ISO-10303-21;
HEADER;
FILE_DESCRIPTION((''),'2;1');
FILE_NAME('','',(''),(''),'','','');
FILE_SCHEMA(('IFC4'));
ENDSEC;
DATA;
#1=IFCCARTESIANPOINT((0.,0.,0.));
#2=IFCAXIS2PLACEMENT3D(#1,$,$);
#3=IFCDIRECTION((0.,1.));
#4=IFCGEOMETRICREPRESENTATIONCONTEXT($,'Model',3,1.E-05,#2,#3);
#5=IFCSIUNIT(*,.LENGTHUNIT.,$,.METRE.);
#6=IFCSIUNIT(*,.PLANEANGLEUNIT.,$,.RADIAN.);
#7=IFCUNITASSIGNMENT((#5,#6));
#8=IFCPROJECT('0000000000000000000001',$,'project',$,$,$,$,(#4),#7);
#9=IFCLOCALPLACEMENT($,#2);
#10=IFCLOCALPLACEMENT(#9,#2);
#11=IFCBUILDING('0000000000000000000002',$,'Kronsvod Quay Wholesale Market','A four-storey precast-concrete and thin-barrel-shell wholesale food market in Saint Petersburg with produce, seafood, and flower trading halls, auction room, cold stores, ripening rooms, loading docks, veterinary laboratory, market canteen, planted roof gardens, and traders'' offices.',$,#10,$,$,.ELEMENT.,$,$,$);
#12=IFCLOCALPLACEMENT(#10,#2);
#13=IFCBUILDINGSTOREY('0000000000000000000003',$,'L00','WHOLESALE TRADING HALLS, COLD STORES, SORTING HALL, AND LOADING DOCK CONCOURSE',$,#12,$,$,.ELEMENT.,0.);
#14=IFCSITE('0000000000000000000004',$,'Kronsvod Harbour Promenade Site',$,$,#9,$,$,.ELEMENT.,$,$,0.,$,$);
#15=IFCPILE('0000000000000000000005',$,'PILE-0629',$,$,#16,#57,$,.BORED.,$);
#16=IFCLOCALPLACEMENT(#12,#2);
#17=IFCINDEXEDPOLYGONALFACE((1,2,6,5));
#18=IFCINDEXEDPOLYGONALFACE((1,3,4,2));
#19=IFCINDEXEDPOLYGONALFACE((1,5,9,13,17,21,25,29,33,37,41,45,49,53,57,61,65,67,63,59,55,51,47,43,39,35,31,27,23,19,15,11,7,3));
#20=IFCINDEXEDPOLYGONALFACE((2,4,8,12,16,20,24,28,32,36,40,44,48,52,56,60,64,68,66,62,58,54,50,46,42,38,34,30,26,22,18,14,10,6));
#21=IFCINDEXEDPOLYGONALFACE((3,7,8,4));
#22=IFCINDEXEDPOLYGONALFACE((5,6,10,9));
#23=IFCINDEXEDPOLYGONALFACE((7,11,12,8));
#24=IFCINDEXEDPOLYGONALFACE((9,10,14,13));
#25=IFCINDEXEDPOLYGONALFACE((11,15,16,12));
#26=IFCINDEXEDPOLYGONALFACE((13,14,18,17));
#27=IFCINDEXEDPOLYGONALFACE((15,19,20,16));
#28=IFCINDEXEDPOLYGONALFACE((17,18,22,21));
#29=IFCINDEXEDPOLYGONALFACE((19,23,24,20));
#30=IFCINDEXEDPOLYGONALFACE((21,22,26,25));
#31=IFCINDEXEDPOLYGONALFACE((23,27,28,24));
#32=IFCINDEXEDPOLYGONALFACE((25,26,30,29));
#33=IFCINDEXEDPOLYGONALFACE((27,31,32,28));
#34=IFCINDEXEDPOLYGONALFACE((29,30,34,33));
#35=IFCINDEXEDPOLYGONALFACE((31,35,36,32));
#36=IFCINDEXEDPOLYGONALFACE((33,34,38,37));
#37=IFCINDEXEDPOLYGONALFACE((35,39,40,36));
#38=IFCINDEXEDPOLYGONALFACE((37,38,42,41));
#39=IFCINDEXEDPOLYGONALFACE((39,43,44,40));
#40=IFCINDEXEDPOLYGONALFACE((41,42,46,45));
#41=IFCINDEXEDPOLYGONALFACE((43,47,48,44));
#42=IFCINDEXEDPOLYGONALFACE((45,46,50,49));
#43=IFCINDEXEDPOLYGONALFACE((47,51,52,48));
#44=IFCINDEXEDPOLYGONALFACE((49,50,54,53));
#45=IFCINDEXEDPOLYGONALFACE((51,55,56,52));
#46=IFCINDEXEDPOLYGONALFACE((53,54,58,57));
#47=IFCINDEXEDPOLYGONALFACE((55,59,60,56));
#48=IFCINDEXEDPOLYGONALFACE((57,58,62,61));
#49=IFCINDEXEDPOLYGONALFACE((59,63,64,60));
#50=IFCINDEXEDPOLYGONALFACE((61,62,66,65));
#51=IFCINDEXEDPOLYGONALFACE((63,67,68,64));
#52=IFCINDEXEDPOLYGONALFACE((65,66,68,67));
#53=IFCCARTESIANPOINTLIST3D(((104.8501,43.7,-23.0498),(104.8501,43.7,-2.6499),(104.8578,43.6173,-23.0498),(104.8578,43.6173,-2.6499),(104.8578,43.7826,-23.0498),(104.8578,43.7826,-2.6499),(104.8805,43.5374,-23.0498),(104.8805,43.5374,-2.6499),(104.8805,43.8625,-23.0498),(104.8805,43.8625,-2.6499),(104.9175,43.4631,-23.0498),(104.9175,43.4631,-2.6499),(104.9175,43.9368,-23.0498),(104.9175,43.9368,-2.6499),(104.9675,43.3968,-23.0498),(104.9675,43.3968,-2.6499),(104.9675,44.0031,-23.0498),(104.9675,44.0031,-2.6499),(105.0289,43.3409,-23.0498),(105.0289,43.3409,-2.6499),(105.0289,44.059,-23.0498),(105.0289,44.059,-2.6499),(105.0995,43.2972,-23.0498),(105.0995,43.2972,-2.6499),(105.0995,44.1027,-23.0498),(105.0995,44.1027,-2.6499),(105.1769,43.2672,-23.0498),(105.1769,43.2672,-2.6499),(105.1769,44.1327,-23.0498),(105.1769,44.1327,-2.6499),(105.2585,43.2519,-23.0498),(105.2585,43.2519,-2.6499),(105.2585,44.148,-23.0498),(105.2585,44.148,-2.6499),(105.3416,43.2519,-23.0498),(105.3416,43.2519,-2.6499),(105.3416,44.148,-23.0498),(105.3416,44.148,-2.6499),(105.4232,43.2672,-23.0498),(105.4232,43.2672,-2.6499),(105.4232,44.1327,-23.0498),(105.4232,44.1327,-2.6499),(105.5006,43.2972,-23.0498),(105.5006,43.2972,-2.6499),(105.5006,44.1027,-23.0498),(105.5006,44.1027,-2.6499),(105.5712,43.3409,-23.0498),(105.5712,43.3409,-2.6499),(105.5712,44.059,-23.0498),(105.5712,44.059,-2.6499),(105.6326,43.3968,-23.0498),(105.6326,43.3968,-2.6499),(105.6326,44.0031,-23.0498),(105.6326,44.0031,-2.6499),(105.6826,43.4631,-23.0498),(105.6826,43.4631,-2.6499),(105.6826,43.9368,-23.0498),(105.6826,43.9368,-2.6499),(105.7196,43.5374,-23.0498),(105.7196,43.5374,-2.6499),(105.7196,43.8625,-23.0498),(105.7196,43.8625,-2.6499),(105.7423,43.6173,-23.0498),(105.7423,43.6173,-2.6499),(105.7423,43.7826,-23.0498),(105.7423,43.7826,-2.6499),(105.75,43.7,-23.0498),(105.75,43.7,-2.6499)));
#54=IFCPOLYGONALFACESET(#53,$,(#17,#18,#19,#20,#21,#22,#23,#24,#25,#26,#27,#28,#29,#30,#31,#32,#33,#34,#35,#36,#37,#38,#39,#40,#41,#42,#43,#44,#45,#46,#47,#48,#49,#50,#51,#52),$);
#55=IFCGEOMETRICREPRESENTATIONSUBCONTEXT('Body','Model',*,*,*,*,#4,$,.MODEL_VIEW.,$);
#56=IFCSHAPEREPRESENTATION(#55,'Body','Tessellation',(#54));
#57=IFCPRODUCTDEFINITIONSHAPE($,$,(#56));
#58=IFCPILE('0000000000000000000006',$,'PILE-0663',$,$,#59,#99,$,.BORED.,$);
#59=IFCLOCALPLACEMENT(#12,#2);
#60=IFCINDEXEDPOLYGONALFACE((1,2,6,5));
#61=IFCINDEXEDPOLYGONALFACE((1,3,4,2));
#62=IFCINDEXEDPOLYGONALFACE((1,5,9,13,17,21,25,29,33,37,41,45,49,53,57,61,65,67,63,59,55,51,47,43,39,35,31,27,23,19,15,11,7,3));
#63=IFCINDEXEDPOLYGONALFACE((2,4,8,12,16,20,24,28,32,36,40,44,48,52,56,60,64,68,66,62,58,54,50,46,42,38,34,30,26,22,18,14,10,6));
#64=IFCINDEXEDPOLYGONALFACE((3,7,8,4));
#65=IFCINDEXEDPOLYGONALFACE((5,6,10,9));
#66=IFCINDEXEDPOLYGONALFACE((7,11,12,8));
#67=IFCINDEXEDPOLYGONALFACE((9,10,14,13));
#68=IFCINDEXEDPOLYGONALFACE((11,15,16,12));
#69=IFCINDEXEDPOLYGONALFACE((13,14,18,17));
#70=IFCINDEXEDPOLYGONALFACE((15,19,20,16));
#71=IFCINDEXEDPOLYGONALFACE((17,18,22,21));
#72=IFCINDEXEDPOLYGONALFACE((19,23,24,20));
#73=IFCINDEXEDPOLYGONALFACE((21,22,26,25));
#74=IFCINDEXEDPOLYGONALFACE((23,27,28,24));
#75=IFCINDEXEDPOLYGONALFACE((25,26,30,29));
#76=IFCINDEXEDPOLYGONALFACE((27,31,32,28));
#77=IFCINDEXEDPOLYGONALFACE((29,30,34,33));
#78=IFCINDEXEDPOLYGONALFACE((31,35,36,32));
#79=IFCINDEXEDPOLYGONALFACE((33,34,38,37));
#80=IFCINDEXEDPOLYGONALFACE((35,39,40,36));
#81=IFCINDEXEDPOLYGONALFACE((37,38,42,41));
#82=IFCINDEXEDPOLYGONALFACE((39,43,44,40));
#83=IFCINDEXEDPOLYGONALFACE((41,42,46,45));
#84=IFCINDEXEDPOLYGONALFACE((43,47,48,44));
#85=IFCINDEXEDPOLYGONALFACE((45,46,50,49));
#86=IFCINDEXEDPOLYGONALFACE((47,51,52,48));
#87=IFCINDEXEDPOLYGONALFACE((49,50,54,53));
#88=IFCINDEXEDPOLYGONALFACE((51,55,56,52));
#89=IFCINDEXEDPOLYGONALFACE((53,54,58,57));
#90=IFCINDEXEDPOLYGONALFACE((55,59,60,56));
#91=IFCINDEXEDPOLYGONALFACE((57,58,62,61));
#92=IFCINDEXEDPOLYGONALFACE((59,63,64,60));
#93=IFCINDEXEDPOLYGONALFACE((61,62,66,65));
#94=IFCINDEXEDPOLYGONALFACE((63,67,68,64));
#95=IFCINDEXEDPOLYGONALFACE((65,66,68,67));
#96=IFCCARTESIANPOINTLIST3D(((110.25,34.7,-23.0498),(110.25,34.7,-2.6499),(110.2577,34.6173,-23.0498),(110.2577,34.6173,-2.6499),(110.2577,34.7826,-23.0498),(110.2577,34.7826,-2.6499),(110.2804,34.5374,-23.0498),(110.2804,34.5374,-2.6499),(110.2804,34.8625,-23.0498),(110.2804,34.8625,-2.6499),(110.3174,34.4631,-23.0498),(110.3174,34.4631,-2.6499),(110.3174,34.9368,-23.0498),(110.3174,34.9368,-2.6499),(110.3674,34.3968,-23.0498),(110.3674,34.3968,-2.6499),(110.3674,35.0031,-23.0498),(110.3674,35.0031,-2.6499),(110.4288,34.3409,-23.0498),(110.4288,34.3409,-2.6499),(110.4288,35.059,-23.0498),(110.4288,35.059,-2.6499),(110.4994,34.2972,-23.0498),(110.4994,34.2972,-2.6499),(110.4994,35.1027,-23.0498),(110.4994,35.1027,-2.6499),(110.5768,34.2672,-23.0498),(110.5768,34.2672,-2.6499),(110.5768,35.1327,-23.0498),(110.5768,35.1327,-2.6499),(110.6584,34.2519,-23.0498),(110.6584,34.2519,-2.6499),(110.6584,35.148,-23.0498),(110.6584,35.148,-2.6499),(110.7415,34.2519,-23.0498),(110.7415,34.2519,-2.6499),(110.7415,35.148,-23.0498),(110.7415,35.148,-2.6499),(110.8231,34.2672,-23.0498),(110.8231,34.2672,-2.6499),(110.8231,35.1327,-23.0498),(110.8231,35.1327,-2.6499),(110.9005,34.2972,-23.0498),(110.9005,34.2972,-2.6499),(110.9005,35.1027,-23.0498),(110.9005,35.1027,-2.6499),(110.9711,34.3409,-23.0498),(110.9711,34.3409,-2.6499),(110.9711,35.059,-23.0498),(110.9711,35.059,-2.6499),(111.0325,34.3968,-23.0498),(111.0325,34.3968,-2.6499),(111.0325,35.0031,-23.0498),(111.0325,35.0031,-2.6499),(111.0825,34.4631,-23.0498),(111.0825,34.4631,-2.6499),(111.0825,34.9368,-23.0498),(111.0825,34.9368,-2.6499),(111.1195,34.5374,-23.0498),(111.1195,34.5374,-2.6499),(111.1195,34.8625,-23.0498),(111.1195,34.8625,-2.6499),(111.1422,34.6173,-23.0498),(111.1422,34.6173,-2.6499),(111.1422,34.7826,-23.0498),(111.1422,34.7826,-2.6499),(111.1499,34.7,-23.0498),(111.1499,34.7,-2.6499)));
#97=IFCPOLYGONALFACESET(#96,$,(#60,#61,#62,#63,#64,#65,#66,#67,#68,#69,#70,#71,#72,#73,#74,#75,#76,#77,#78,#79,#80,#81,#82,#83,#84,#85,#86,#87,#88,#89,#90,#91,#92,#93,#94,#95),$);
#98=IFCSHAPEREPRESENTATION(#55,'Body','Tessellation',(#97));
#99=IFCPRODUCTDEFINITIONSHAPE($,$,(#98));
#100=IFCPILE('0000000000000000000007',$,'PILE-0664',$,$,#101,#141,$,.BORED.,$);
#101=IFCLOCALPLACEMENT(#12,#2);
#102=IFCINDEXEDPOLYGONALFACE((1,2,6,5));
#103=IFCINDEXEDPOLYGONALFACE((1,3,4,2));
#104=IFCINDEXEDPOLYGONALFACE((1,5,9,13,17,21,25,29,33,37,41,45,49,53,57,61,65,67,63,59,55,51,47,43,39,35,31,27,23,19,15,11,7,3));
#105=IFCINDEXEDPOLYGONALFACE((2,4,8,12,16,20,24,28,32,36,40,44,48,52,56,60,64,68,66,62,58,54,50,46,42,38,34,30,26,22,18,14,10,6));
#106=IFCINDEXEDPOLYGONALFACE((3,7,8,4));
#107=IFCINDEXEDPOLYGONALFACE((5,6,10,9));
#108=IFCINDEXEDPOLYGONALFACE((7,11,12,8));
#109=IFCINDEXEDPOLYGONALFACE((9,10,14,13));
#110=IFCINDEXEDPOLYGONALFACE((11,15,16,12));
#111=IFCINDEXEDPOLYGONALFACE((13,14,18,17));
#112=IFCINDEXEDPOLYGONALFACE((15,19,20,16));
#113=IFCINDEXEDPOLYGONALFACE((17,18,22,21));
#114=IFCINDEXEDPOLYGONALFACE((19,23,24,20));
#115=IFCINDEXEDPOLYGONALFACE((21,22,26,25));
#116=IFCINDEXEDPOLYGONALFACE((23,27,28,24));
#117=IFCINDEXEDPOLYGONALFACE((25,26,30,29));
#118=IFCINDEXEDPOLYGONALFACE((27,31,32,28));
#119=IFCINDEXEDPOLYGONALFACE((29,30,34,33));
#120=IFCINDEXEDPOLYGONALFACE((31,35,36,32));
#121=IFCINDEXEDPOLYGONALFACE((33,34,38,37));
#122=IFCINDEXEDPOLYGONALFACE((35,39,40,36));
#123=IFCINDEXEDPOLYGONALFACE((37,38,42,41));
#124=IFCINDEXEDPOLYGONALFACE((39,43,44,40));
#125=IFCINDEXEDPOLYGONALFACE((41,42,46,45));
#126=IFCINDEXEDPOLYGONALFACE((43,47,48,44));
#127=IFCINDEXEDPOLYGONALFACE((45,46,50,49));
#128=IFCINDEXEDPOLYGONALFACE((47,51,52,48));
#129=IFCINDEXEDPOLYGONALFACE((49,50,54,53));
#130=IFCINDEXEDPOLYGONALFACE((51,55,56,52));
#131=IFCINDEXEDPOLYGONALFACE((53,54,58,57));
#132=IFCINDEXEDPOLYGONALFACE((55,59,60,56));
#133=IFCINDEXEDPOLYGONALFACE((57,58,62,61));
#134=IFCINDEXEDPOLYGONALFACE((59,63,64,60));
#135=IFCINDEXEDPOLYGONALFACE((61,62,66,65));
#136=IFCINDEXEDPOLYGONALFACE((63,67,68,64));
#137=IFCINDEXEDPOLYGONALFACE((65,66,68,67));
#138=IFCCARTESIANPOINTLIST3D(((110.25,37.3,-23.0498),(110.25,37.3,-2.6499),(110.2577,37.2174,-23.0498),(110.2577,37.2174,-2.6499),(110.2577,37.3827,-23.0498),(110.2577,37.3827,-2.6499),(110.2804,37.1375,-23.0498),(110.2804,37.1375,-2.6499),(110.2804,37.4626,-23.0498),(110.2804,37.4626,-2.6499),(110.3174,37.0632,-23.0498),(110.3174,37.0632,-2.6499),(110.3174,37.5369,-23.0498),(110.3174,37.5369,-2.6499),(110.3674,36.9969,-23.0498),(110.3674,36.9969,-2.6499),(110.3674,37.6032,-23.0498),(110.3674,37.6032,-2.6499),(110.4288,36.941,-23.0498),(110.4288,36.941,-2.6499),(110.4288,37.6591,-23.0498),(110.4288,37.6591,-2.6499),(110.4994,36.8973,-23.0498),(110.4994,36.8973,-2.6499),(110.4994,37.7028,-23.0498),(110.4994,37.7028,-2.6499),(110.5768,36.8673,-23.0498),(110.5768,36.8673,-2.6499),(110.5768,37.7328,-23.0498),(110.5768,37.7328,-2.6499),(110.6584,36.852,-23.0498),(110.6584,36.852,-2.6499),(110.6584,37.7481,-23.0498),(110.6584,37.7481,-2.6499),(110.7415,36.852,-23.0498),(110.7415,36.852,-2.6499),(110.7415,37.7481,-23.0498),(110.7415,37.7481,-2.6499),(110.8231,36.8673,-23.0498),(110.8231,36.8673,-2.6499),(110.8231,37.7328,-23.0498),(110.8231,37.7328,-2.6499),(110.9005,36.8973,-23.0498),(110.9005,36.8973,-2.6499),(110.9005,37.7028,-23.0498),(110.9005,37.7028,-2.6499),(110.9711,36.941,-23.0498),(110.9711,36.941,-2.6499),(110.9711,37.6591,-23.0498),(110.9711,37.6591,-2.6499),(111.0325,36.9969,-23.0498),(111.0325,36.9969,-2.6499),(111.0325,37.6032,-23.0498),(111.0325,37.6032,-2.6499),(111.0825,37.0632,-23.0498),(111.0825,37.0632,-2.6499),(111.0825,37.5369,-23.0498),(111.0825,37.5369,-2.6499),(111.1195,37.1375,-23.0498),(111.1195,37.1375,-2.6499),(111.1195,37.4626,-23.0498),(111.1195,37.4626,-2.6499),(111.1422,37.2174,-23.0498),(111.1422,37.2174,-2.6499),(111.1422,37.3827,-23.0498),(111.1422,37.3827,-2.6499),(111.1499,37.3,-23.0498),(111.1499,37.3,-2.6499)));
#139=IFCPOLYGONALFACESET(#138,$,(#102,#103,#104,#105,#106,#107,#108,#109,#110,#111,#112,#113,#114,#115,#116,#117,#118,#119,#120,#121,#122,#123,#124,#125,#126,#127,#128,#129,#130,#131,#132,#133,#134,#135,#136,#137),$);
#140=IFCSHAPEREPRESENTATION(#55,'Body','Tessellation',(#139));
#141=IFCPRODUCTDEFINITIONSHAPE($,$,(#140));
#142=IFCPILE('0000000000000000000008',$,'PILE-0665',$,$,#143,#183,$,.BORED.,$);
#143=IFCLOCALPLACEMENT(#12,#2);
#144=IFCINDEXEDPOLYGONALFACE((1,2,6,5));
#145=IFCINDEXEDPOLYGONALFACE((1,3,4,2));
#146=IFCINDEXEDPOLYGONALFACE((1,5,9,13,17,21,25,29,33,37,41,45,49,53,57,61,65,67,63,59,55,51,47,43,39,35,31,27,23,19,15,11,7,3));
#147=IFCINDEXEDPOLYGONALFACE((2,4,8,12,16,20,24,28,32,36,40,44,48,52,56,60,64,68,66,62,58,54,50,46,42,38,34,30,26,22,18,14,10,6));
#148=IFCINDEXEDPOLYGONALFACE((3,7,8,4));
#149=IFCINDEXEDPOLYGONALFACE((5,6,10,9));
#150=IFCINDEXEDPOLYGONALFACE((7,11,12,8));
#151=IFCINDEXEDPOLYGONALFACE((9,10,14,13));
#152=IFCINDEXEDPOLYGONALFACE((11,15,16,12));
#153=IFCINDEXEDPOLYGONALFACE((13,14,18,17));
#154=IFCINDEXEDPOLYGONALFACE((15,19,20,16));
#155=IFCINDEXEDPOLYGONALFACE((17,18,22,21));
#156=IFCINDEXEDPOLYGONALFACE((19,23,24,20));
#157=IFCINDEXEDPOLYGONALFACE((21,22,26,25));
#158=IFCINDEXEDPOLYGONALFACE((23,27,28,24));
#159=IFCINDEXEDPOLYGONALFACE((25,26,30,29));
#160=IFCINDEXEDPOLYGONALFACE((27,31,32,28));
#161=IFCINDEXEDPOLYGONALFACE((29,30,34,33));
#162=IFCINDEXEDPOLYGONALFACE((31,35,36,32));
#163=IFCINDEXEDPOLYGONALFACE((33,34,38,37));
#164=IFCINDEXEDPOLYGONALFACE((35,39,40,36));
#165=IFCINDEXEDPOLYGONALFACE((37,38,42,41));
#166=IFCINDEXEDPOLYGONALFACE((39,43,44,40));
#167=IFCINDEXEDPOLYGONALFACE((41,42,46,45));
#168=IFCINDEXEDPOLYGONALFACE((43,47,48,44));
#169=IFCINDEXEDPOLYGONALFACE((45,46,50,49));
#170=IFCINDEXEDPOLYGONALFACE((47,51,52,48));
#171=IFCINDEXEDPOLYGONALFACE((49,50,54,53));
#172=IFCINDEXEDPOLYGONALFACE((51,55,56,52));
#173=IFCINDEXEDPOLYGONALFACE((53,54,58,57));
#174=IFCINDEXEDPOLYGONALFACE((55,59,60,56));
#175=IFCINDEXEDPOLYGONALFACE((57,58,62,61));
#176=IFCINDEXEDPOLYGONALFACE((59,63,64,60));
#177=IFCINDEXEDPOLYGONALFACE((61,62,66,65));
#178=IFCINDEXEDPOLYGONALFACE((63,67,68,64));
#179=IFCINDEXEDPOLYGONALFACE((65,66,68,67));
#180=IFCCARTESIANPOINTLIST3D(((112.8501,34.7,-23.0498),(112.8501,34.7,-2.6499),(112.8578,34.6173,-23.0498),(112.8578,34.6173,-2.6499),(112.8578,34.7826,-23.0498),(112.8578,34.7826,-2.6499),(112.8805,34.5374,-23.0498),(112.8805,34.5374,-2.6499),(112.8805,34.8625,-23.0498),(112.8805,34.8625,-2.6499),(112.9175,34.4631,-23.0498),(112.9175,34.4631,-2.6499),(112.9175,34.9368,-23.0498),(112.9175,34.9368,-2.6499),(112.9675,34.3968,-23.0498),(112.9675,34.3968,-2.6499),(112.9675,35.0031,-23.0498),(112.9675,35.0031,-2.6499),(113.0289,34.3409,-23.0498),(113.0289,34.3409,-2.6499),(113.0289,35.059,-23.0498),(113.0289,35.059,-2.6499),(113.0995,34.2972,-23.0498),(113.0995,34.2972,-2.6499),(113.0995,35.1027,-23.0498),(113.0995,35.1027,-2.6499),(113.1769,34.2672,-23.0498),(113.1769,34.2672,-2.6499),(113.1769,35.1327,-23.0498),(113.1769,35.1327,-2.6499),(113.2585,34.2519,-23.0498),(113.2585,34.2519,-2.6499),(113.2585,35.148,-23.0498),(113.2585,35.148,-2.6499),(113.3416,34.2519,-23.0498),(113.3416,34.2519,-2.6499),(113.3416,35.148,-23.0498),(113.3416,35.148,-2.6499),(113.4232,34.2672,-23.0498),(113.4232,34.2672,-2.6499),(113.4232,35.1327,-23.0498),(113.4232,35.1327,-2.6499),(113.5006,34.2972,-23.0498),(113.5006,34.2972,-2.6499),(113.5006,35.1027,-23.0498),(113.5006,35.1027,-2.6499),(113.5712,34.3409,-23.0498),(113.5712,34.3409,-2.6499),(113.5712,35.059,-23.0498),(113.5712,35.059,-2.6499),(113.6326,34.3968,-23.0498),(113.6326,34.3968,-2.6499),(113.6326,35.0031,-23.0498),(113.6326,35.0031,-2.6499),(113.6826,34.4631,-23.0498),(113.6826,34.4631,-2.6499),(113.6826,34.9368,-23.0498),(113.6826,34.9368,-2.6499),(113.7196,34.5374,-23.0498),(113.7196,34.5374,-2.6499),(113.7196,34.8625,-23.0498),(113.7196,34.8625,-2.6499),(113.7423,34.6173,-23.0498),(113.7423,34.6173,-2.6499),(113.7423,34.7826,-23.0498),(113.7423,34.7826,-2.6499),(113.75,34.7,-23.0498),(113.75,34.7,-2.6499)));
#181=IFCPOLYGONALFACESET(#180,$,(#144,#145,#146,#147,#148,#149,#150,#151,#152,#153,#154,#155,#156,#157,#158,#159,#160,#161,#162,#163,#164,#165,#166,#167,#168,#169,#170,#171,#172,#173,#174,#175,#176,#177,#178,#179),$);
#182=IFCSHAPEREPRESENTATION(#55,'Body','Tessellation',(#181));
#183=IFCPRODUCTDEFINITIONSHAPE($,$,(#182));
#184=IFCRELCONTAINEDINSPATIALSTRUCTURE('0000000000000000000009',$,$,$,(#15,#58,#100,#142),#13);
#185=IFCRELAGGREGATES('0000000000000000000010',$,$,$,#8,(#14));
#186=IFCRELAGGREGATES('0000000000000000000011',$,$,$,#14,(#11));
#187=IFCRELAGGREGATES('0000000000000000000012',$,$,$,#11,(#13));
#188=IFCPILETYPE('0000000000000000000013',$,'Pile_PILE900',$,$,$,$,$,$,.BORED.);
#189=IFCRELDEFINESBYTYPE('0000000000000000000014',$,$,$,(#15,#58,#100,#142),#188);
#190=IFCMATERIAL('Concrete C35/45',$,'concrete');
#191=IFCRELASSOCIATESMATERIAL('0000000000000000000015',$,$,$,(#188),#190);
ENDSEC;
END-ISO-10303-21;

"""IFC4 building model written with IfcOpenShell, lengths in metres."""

from ifc_helpers import new_model, si_unit, direction, frame, origin, origin_2d, place, context, subcontext, project, spatial, circle, extrude, material, material_profile, profile_set, type_object, element, save


model = new_model("IFC4")

# Units and contexts
model_context = context("Model", 3, precision=1e-05, world=origin(), true_north=direction((0.0, 1.0)))
body_context = subcontext(model_context, "Body", "Model", "MODEL_VIEW")
ifc_project = project(units=[si_unit("LENGTHUNIT", "METRE"), si_unit("PLANEANGLEUNIT", "RADIAN")], contexts=[model_context])

# Site, building, storey
site_placement = place(None, origin())
site = spatial("IfcSite", under=ifc_project, at=site_placement, Name="Kronsvod Harbour Promenade Site", CompositionType="ELEMENT", RefElevation=0.0)
building_placement = place(site_placement, origin())
building = spatial("IfcBuilding", under=site, at=building_placement, Name="Kronsvod Quay Wholesale Market", Description="A four-storey precast-concrete and thin-barrel-shell wholesale food market in Saint Petersburg with produce, seafood, and flower trading halls, auction room, cold stores, ripening rooms, loading docks, veterinary laboratory, market canteen, planted roof gardens, and traders' offices.", CompositionType="ELEMENT")
storey_placement = place(building_placement, origin())
storey = spatial("IfcBuildingStorey", under=building, at=storey_placement, Name="L00", Description="WHOLESALE TRADING HALLS, COLD STORES, SORTING HALL, AND LOADING DOCK CONCOURSE", CompositionType="ELEMENT", Elevation=0.0)

# Piles
ifc_material_1 = material(Name="Concrete C35/45", Category="concrete")
ifc_material_profile_1 = material_profile(ifc_material_1, circle(Radius=0.45, at=origin_2d()), Name="PILE900")
ifc_profile_set_1 = profile_set([ifc_material_profile_1], Name="Concrete C35/45")
pile_type_1 = type_object("IfcPileType", Name="Pile_PILE900", PredefinedType="BORED", material=ifc_profile_set_1)
for number, where, z_axis, x_axis, name in (
    (1, (105.3, 43.7, -2.6499), (0.0, 0.0, -1.0), (1.0, 0.0, 0.0), "PILE-0629"),
    (2, (110.7, 34.7, -2.6499), (0.0, 0.0, -1.0), (1.0, 0.0, 0.0), "PILE-0663"),
    (3, (110.7, 37.3, -2.6499), (0.0, 0.0, -1.0), (1.0, 0.0, 0.0), "PILE-0664"),
    (4, (113.3, 34.7, -2.6499), (0.0, 0.0, -1.0), (1.0, 0.0, 0.0), "PILE-0665"),
):
    element("IfcPile", number, at=place(storey_placement, frame(where, z_axis=z_axis, x_axis=x_axis)), inside=storey, type_object=pile_type_1, Name=name, PredefinedType="BORED", context=body_context, shape_type="SweptSolid", body=[
        extrude(circle(Radius=0.45, at=origin_2d()), origin(), (0.0, 0.0, 1.0), 20.3999),
    ])

save(model, "model.ifc")
